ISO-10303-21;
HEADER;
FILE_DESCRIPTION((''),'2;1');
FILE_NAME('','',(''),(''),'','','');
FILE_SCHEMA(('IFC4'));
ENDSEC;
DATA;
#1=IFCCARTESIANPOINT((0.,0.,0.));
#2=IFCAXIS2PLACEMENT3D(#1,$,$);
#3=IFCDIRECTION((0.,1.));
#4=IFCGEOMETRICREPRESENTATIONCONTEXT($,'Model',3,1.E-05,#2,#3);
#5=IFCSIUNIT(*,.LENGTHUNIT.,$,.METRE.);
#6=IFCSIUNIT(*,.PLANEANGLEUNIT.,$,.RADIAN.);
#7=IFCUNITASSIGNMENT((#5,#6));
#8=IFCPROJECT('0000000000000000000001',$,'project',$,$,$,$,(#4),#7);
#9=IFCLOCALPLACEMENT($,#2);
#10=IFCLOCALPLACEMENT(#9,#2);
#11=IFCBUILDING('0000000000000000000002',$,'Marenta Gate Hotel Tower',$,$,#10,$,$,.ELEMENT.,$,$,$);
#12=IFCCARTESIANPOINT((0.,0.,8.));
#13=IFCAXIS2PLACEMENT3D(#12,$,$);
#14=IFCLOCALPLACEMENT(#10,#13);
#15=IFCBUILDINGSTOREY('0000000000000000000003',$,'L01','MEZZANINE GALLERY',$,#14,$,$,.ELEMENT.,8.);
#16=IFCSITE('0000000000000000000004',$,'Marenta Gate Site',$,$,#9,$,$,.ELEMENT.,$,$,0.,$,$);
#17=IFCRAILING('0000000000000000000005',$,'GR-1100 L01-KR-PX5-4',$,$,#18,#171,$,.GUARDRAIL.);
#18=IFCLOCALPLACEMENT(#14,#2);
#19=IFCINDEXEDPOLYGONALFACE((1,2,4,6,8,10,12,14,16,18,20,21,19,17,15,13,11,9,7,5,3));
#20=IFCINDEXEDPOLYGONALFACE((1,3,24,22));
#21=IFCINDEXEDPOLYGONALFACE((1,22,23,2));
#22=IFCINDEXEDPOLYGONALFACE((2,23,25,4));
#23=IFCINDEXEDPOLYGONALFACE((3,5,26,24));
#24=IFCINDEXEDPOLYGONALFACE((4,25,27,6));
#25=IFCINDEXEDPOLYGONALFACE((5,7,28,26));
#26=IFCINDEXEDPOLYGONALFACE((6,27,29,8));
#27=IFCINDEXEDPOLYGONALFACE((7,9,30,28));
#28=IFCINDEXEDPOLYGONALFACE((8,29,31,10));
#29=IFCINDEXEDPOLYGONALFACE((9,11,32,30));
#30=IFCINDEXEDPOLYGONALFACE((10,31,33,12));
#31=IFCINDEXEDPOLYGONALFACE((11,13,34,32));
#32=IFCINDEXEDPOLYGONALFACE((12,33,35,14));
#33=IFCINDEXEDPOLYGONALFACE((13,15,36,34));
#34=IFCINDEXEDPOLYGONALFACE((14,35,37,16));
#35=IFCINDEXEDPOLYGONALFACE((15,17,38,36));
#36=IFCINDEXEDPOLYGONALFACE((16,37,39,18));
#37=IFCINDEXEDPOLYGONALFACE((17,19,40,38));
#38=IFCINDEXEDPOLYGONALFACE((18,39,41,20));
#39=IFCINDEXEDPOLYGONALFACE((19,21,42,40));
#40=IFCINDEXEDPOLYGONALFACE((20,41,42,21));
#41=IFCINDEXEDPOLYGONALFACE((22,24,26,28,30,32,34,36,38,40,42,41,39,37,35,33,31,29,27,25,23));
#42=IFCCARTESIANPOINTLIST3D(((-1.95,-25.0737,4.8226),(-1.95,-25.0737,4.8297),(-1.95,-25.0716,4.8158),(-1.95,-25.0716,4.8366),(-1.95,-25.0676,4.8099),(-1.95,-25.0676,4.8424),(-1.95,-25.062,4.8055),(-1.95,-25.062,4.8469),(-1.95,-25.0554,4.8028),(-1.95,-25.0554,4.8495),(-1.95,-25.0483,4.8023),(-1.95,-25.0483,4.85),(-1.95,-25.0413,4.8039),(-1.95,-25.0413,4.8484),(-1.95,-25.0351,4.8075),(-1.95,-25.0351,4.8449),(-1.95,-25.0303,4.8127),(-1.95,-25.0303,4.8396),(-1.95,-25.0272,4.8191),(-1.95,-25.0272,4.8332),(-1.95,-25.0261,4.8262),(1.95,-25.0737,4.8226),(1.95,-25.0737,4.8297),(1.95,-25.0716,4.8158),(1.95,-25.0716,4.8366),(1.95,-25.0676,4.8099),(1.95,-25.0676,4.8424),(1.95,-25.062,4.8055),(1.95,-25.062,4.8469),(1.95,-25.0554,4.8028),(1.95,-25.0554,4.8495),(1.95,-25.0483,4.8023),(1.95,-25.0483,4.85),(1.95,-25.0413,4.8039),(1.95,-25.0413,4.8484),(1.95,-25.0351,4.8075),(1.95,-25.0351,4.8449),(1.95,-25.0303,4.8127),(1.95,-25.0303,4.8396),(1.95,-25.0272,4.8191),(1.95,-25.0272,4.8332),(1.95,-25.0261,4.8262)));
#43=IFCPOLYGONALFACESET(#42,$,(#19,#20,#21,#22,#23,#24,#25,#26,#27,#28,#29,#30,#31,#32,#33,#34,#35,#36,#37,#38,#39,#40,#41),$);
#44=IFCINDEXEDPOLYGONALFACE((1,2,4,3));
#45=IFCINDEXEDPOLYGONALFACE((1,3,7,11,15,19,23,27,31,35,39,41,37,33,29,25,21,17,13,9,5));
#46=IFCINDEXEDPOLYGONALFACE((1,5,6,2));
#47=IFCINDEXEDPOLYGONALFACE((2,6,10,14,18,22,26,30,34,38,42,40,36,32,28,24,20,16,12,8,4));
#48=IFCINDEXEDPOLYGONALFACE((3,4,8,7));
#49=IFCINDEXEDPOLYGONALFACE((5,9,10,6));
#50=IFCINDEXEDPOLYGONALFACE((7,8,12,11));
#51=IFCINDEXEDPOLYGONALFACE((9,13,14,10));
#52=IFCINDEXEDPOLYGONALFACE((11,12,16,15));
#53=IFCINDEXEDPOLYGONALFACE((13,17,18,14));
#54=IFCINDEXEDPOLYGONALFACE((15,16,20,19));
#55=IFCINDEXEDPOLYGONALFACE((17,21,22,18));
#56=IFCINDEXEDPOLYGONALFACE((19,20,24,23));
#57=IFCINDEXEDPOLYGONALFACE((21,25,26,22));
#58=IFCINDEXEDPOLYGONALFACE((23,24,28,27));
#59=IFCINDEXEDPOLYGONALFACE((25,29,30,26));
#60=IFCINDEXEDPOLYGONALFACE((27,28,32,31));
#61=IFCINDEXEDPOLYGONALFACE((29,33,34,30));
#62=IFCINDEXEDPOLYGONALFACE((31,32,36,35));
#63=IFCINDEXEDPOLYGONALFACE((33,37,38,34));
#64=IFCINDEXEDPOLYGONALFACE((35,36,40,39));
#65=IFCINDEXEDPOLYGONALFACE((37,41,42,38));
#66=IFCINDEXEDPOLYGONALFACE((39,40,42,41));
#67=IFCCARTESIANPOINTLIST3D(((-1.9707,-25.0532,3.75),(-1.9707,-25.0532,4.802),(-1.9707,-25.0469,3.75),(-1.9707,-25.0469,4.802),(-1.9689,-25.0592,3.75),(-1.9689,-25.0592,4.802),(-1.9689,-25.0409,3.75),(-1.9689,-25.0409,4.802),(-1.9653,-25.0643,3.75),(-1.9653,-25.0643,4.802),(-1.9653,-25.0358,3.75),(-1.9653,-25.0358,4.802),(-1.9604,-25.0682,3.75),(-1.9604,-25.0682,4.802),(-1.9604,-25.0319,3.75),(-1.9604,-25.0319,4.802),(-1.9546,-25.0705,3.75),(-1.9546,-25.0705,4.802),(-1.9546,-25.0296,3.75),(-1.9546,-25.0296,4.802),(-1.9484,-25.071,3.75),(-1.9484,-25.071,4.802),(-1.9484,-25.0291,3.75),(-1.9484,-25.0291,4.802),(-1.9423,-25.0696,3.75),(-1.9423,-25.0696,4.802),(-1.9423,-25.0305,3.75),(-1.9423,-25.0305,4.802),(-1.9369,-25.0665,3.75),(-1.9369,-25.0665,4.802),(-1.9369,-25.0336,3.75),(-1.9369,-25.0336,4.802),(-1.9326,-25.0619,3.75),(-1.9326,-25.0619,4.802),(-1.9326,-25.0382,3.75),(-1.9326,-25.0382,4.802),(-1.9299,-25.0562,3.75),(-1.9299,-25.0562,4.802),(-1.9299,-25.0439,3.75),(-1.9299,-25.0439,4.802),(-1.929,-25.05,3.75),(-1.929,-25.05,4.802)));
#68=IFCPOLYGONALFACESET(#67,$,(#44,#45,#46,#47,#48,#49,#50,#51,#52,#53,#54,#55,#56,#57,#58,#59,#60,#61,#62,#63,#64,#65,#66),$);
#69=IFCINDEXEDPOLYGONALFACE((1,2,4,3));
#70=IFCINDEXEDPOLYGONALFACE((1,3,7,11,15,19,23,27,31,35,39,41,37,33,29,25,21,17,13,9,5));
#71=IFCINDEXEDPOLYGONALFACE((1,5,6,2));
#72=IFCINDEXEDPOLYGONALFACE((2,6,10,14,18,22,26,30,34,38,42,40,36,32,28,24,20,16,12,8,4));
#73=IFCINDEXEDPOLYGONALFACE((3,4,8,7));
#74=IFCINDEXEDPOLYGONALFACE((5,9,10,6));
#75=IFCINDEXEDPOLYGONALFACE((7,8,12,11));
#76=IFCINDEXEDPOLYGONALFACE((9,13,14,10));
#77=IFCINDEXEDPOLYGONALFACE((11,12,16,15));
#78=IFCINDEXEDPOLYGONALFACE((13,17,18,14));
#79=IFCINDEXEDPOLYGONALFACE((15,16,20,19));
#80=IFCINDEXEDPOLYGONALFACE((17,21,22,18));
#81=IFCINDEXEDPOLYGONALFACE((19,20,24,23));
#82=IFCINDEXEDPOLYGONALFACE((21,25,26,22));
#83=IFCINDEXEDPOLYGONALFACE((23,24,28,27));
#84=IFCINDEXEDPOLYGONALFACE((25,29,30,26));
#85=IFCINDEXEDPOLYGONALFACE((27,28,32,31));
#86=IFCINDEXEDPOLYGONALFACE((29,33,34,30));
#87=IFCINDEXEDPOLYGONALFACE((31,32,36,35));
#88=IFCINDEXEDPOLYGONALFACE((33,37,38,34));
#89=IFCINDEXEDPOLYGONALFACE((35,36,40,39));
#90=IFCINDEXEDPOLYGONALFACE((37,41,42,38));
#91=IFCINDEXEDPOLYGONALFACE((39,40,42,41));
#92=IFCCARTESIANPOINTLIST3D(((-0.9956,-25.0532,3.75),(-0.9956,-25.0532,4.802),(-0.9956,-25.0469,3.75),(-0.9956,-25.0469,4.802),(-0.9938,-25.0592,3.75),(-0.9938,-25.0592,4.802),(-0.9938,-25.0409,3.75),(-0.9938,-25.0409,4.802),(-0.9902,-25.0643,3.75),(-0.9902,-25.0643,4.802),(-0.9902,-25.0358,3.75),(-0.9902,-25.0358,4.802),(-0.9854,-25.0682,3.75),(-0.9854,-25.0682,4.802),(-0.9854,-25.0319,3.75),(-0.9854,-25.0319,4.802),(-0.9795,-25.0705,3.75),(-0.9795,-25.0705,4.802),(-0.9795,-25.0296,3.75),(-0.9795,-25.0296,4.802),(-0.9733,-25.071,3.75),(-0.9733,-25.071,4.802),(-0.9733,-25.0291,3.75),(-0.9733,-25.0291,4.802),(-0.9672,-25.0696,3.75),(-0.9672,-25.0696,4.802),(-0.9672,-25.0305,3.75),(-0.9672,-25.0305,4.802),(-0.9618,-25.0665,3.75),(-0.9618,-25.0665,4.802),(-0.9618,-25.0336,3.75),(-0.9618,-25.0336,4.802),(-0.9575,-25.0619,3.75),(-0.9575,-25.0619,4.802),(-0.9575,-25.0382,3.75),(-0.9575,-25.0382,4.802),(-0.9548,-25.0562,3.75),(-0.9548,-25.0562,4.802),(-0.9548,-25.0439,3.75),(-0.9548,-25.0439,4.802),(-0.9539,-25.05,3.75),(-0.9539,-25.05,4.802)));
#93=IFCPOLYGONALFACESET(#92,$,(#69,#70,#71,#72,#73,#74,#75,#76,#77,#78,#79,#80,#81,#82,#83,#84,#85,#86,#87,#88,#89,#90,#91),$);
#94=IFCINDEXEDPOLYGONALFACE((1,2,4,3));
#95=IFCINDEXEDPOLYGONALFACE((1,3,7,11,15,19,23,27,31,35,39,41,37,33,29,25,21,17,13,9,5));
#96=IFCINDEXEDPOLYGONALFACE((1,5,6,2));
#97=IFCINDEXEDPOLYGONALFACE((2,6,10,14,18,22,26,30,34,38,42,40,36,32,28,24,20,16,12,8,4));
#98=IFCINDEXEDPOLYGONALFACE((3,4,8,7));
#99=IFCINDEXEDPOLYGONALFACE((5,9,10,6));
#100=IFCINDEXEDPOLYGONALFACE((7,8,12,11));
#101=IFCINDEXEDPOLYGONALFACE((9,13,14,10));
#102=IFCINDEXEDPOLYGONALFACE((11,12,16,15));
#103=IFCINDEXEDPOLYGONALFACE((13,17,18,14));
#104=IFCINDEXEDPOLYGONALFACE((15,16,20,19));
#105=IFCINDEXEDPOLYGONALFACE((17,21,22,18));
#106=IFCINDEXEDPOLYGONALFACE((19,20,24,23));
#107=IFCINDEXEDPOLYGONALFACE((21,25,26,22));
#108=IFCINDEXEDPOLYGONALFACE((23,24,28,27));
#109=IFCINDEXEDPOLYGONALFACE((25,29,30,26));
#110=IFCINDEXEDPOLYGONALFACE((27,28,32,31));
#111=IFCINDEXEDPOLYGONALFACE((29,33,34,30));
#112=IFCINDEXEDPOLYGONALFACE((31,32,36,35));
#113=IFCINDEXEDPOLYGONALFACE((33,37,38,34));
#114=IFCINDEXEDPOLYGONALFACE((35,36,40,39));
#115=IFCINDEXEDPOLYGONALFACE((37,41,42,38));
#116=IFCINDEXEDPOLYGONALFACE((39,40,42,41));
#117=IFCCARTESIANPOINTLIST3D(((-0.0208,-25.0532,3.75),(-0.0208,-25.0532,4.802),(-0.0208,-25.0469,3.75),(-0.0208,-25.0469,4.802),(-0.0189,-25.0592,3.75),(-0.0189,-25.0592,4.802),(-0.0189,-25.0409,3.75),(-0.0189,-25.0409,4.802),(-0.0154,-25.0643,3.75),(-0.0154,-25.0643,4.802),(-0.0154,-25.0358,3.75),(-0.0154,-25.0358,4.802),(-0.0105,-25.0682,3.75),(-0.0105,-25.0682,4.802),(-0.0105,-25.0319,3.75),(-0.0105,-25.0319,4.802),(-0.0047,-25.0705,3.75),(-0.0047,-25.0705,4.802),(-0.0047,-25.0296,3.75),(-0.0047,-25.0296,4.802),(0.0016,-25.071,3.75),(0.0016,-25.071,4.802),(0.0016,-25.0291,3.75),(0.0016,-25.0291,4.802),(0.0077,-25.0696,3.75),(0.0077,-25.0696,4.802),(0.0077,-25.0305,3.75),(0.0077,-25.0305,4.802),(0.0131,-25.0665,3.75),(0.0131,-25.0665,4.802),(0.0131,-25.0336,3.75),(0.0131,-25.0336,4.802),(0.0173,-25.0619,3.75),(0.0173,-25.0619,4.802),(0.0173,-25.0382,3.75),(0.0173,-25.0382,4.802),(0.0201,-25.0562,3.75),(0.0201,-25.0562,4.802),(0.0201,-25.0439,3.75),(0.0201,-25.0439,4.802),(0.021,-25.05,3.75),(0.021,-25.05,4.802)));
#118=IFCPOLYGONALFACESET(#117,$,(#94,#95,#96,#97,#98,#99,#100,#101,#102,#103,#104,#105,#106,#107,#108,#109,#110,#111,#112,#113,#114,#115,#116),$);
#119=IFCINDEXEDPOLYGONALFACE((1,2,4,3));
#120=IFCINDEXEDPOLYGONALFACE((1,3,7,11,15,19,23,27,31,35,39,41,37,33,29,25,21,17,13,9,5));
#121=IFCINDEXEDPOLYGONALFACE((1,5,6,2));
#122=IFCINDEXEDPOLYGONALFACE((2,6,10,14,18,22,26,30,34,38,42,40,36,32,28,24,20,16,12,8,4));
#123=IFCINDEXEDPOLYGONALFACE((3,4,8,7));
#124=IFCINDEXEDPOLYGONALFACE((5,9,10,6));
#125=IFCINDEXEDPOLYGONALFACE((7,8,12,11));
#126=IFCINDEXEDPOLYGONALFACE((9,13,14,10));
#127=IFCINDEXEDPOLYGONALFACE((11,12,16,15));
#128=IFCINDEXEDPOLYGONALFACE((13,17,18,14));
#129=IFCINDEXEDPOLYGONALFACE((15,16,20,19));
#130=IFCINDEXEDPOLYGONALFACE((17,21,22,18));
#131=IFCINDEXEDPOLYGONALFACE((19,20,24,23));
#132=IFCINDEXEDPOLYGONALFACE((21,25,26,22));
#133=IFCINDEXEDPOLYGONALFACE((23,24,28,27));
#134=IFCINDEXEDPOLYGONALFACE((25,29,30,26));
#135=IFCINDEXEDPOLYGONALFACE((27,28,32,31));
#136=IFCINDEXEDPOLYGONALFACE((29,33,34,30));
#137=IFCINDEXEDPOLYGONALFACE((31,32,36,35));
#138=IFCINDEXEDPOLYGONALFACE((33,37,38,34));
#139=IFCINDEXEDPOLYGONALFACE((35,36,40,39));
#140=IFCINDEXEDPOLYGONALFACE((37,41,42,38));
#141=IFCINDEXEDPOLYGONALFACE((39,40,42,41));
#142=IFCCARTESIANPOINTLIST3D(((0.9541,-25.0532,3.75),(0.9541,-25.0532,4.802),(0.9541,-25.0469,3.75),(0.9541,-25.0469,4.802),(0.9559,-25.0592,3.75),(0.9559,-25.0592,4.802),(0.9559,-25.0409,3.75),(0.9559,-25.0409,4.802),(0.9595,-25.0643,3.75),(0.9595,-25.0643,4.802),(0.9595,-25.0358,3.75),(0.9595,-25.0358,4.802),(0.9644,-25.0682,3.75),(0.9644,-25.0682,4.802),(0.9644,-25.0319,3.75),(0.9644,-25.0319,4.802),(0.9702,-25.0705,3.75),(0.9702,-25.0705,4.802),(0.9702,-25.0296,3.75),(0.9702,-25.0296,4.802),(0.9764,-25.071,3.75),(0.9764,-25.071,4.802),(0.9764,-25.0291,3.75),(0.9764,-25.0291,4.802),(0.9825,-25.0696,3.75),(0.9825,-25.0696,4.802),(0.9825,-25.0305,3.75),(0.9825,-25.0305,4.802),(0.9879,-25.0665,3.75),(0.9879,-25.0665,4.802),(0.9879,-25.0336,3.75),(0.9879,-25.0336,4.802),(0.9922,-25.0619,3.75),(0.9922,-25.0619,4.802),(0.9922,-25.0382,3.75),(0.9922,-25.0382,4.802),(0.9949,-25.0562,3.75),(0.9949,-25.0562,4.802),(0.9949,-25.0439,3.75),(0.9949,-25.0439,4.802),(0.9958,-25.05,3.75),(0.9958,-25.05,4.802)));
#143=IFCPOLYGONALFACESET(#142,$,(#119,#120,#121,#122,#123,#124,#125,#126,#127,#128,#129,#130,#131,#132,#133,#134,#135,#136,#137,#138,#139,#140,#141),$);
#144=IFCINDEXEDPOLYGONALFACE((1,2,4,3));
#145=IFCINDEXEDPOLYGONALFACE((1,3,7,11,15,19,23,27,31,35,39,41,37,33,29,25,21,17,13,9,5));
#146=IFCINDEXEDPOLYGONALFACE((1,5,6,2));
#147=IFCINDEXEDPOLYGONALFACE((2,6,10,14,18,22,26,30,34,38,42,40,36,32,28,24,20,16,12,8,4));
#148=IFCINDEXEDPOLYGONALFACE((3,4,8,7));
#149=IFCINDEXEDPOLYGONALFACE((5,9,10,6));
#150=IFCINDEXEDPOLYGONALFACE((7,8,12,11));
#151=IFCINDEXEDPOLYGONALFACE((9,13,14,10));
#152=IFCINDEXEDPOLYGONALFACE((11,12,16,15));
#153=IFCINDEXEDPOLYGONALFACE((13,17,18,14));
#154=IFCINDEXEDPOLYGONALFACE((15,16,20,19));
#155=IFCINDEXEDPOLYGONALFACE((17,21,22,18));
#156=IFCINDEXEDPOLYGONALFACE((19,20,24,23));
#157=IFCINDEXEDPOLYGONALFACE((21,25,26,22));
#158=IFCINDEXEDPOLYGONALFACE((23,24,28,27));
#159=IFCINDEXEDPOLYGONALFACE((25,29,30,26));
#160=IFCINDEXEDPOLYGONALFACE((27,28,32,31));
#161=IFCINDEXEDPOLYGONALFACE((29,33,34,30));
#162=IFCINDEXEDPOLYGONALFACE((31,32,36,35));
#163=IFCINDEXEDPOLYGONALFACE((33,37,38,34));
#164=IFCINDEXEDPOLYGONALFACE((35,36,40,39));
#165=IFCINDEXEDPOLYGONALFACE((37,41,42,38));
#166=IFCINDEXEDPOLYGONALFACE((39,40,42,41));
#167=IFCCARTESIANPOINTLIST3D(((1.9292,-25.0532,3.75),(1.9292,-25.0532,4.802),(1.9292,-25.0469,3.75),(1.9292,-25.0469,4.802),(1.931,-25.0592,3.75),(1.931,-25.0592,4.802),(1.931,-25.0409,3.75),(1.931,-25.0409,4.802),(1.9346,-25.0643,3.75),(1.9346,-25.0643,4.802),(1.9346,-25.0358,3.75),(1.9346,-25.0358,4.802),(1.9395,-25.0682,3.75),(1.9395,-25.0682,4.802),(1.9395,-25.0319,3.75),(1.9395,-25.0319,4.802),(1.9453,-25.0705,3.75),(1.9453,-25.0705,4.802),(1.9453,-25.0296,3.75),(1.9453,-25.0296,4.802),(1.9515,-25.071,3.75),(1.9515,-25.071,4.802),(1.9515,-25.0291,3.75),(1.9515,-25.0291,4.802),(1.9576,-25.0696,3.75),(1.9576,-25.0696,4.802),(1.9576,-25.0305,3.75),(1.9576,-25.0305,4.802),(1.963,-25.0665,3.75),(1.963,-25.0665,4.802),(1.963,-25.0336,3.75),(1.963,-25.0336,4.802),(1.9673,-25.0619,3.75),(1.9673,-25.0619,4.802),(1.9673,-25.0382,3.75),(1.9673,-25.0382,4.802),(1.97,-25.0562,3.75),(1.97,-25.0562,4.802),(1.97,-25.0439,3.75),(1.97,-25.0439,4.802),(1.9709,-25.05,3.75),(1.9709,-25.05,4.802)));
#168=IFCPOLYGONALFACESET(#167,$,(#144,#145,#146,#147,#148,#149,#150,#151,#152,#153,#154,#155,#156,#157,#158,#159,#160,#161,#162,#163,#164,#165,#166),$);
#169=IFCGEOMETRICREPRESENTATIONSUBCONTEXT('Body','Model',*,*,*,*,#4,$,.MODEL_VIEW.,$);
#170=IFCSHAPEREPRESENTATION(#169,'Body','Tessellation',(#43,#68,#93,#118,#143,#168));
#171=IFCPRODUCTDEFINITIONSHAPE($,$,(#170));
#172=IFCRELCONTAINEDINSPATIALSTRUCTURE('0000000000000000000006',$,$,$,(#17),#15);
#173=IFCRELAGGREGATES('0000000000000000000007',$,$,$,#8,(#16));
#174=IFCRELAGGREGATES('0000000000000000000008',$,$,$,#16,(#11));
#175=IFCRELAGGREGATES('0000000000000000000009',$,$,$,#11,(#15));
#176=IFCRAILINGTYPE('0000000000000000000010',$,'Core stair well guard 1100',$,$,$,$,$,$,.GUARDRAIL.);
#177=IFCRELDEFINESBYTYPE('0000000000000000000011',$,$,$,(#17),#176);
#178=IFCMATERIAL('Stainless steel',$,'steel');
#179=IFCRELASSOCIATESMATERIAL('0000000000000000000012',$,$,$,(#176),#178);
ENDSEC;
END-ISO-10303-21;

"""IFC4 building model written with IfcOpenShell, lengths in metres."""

from ifc_helpers import new_model, si_unit, direction, frame, origin, origin_2d, place, context, subcontext, project, spatial, circle, extrude, material, type_object, element, save


model = new_model("IFC4")

# Units and contexts
model_context = context("Model", 3, precision=1e-05, world=origin(), true_north=direction((0.0, 1.0)))
body_context = subcontext(model_context, "Body", "Model", "MODEL_VIEW")
ifc_project = project(units=[si_unit("LENGTHUNIT", "METRE"), si_unit("PLANEANGLEUNIT", "RADIAN")], contexts=[model_context])

# Site, building, storey
site_placement = place(None, origin())
site = spatial("IfcSite", under=ifc_project, at=site_placement, Name="Marenta Gate Site", CompositionType="ELEMENT", RefElevation=0.0)
building_placement = place(site_placement, origin())
building = spatial("IfcBuilding", under=site, at=building_placement, Name="Marenta Gate Hotel Tower", CompositionType="ELEMENT")
storey_placement = place(building_placement, frame((0.0, 0.0, 8.0)))
storey = spatial("IfcBuildingStorey", under=building, at=storey_placement, Name="L01", Description="MEZZANINE GALLERY", CompositionType="ELEMENT", Elevation=8.0)

# Railing
ifc_material_1 = material(Name="Stainless steel", Category="steel")
railing_type_1 = type_object("IfcRailingType", Name="Core stair well guard 1100", PredefinedType="GUARDRAIL", material=ifc_material_1)
for number, where, name in (
    (1, (-1.95, -25.05, 3.75), "GR-1100 L01-KR-PX5-4"),
):
    element("IfcRailing", number, at=place(storey_placement, frame(where)), inside=storey, type_object=railing_type_1, Name=name, PredefinedType="GUARDRAIL", context=body_context, shape_type="SweptSolid", body=[
        extrude(circle(Radius=0.0239, at=origin_2d()), frame((0.0, 0.0, 1.0762), z_axis=(1.0, 0.0, 0.0), x_axis=(0.0, 1.0, 0.0)), (0.0, 0.0, 1.0), 3.8999),
        extrude(circle(Radius=0.021, at=origin_2d()), origin(), (0.0, 0.0, 1.0), 1.052),
        extrude(circle(Radius=0.021, at=origin_2d()), frame((0.9751, 0.0, 0.0)), (0.0, 0.0, 1.0), 1.052),
        extrude(circle(Radius=0.021, at=origin_2d()), frame((1.95, 0.0, 0.0)), (0.0, 0.0, 1.0), 1.052),
        extrude(circle(Radius=0.021, at=origin_2d()), frame((2.9248, 0.0, 0.0)), (0.0, 0.0, 1.0), 1.052),
        extrude(circle(Radius=0.021, at=origin_2d()), frame((3.8999, 0.0, 0.0)), (0.0, 0.0, 1.0), 1.052),
    ])

save(model, "model.ifc")
